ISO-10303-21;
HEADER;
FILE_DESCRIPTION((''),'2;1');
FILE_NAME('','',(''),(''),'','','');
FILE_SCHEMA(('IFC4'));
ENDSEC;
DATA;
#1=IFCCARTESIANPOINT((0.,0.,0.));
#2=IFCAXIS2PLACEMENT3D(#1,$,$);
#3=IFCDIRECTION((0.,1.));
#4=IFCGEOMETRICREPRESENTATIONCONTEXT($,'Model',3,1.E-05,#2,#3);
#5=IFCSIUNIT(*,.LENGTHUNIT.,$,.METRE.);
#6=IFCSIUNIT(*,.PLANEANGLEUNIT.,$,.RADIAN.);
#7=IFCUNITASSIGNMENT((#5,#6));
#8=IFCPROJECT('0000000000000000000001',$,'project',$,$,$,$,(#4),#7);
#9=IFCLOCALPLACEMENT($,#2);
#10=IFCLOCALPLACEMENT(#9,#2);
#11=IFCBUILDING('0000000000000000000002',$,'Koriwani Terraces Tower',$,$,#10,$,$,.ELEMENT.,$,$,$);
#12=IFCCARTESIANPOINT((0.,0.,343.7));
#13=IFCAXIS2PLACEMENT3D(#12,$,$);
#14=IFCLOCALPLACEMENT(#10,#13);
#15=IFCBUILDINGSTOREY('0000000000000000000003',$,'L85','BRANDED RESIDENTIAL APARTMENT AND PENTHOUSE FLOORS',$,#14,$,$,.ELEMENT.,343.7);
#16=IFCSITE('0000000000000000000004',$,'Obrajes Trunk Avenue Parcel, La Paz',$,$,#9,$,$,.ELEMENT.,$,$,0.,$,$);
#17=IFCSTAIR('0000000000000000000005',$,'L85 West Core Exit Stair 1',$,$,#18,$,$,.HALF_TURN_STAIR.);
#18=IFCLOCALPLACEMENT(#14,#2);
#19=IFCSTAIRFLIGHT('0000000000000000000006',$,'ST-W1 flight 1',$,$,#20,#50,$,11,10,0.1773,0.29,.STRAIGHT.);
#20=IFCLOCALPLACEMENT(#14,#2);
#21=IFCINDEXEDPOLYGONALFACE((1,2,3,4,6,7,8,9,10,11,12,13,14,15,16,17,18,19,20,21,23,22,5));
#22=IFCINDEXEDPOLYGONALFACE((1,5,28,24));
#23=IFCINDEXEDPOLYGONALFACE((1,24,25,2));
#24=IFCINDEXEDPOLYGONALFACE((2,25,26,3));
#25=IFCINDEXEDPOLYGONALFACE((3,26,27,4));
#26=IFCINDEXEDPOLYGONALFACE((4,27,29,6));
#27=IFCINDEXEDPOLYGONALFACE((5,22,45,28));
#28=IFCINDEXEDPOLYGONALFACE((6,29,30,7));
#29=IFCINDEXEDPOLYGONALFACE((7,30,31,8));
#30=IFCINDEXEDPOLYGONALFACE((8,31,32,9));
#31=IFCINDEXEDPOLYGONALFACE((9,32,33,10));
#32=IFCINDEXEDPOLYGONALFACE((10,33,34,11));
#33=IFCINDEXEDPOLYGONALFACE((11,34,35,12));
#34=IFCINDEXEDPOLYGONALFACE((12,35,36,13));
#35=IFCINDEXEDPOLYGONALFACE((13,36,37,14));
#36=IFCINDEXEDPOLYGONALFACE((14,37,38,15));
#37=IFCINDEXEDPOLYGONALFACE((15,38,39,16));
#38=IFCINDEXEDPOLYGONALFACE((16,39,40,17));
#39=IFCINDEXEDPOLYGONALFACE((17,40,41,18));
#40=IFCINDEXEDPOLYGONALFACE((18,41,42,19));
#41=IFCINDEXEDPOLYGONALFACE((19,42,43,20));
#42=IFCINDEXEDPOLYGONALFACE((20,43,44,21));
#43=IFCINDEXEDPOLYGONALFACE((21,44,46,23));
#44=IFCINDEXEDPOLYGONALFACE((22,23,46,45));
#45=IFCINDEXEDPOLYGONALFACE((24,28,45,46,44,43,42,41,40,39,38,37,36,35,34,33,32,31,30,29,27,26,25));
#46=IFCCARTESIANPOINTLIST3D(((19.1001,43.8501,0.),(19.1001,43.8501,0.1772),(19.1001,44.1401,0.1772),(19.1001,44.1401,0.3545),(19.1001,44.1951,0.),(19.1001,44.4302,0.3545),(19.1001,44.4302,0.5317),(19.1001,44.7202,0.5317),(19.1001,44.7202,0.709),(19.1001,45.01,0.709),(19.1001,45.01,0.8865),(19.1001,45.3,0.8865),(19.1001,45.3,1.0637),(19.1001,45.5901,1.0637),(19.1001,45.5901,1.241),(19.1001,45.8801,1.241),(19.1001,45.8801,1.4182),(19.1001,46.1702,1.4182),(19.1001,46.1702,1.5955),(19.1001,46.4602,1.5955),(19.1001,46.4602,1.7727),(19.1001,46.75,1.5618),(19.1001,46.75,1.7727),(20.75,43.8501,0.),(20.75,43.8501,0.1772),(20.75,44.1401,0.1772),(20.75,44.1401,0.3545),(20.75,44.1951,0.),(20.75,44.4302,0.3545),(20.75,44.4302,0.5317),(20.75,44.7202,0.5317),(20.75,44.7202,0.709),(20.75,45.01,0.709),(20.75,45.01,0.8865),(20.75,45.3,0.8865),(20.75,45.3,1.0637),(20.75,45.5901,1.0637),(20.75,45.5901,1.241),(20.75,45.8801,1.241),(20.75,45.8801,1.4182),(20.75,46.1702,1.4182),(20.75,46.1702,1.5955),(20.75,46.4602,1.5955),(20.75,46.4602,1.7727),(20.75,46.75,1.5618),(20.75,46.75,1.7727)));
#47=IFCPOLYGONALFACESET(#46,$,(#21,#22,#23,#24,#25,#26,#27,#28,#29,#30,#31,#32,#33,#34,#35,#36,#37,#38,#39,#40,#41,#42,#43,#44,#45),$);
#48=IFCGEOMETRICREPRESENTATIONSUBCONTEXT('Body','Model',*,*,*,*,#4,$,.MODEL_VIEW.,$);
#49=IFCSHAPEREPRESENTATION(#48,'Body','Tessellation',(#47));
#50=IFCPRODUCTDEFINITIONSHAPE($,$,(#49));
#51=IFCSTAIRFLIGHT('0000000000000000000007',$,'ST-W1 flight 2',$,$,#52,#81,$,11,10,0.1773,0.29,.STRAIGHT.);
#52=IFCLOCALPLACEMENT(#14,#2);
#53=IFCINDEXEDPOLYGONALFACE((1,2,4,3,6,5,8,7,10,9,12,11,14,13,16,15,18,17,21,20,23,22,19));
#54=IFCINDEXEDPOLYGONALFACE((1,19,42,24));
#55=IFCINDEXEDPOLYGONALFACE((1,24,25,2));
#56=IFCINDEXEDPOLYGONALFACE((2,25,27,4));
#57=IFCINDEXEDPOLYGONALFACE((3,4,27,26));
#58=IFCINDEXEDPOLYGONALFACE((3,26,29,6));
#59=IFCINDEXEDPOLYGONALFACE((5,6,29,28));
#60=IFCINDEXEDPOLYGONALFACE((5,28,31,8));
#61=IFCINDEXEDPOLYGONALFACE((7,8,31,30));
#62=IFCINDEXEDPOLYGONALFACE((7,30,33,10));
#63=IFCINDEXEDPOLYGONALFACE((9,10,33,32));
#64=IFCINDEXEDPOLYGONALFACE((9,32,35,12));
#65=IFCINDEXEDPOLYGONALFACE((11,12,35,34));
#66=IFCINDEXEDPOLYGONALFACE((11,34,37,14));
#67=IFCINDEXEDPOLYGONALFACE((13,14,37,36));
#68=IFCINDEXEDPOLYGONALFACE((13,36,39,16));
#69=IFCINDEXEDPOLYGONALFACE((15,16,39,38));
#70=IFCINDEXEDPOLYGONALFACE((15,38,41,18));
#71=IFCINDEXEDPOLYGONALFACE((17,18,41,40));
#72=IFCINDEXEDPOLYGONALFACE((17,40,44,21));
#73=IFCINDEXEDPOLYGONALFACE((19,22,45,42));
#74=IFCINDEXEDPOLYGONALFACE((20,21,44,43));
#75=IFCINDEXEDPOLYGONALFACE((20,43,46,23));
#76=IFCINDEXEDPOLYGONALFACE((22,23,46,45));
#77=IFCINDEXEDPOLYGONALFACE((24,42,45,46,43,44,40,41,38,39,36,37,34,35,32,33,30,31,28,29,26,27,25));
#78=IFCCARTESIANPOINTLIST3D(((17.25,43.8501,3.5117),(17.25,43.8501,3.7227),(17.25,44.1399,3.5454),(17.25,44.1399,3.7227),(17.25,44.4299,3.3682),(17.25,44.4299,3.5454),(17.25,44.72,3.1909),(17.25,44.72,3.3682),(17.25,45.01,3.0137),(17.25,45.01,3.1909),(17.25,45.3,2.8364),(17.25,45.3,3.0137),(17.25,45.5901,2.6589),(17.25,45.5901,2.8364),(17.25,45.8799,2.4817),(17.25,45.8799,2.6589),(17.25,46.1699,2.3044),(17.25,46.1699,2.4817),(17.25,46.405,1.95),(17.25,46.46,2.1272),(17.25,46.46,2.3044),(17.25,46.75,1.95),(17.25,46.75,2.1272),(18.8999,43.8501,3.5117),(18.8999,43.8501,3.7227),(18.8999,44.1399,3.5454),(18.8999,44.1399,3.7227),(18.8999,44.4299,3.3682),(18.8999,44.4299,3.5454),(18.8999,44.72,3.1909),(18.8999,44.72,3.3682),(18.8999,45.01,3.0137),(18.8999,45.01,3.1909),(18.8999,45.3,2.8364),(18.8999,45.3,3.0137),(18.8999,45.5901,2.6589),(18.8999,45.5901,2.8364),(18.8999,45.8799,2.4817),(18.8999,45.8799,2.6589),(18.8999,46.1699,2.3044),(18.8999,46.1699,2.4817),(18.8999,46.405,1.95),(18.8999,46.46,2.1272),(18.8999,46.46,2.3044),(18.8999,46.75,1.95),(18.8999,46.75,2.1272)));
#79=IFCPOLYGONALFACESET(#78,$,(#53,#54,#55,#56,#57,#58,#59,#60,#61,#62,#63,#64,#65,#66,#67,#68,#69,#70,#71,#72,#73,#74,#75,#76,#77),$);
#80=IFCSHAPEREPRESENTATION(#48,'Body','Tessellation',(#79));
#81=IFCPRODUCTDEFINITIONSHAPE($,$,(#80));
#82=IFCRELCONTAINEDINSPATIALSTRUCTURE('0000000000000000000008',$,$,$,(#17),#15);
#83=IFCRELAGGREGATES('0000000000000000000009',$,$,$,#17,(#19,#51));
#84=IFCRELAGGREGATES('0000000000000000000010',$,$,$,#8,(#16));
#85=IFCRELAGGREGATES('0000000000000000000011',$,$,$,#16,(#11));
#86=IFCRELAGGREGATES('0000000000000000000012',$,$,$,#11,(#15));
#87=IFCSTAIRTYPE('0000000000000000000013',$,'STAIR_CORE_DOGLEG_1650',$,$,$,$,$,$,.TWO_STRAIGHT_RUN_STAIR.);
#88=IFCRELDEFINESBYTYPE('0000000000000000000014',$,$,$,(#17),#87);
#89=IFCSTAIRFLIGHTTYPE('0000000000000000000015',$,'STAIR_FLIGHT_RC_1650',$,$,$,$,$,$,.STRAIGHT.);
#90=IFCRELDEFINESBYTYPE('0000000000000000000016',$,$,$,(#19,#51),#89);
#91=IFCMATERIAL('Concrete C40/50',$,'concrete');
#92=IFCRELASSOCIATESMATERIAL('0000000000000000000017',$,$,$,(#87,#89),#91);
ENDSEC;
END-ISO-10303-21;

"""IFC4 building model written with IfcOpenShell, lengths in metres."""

from ifc_helpers import new_model, si_unit, direction, frame, origin, place, context, subcontext, project, spatial, polyline, outline, extrude, material, type_object, element, aggregate, save


model = new_model("IFC4")

# Units and contexts
model_context = context("Model", 3, precision=1e-05, world=origin(), true_north=direction((0.0, 1.0)))
body_context = subcontext(model_context, "Body", "Model", "MODEL_VIEW")
ifc_project = project(units=[si_unit("LENGTHUNIT", "METRE"), si_unit("PLANEANGLEUNIT", "RADIAN")], contexts=[model_context])

# Site, building, storey
site_placement = place(None, origin())
site = spatial("IfcSite", under=ifc_project, at=site_placement, Name="Obrajes Trunk Avenue Parcel, La Paz", CompositionType="ELEMENT", RefElevation=0.0)
building_placement = place(site_placement, origin())
building = spatial("IfcBuilding", under=site, at=building_placement, Name="Koriwani Terraces Tower", CompositionType="ELEMENT")
storey_placement = place(building_placement, frame((0.0, 0.0, 343.7)))
storey = spatial("IfcBuildingStorey", under=building, at=storey_placement, Name="L85", Description="BRANDED RESIDENTIAL APARTMENT AND PENTHOUSE FLOORS", CompositionType="ELEMENT", Elevation=343.7)

# Shared definitions
ifc_material_1 = material(Name="Concrete C40/50", Category="concrete")

# Stair, stair flights
stair_type = type_object("IfcStairType", Name="STAIR_CORE_DOGLEG_1650", PredefinedType="TWO_STRAIGHT_RUN_STAIR", material=ifc_material_1)
stair_placement = place(storey_placement, origin())
stair = element("IfcStair", 1, at=stair_placement, inside=storey, type_object=stair_type, Name="L85 West Core Exit Stair 1", PredefinedType="HALF_TURN_STAIR")
stair_flight_type = type_object("IfcStairFlightType", Name="STAIR_FLIGHT_RC_1650", PredefinedType="STRAIGHT", material=ifc_material_1)
stair_flight_1_placement = place(storey_placement, frame((19.925, 43.8501, 0.0), z_axis=(0.0, 0.0, 1.0), x_axis=(0.0, 1.0, 0.0)))
stair_flight_1 = element("IfcStairFlight", 2, at=stair_flight_1_placement, type_object=stair_flight_type, Name="ST-W1 flight 1", NumberOfRisers=11, NumberOfTreads=10, PredefinedType="STRAIGHT", RiserHeight=0.1773, TreadLength=0.29, context=body_context, shape_type="SweptSolid", body=[
    extrude(outline(polyline([(0.0, 0.0), (0.0, 0.1772), (0.29, 0.1772), (0.29, 0.3545), (0.5801, 0.3545), (0.5801, 0.5317), (0.8701, 0.5317), (0.8701, 0.709), (1.1599, 0.709), (1.1599, 0.8865), (1.45, 0.8865), (1.45, 1.0637), (1.74, 1.0637), (1.74, 1.241), (2.03, 1.241), (2.03, 1.4182), (2.3201, 1.4182), (2.3201, 1.5955), (2.6101, 1.5955), (2.6101, 1.7727), (2.8999, 1.7727), (2.8999, 1.95), (2.8999, 1.5618), (0.345, 0.0), (0.0, 0.0)])), frame((0.0, 0.825, 0.0), z_axis=(0.0, -1.0, 0.0), x_axis=(1.0, 0.0, 0.0)), (0.0, 0.0, 1.0), 1.6499),
])
stair_flight_2_placement = place(storey_placement, frame((18.075, 46.75, 1.95), z_axis=(0.0, 0.0, 1.0), x_axis=(0.0, -1.0, 0.0)))
stair_flight_2 = element("IfcStairFlight", 3, at=stair_flight_2_placement, type_object=stair_flight_type, Name="ST-W1 flight 2", NumberOfRisers=11, NumberOfTreads=10, PredefinedType="STRAIGHT", RiserHeight=0.1773, TreadLength=0.29, context=body_context, shape_type="SweptSolid", body=[
    extrude(outline(polyline([(0.0, 0.0), (0.0, 0.1772), (0.29, 0.1772), (0.29, 0.3545), (0.5801, 0.3545), (0.5801, 0.5317), (0.8701, 0.5317), (0.8701, 0.709), (1.1599, 0.709), (1.1599, 0.8865), (1.45, 0.8865), (1.45, 1.0637), (1.74, 1.0637), (1.74, 1.241), (2.03, 1.241), (2.03, 1.4182), (2.3201, 1.4182), (2.3201, 1.5955), (2.6101, 1.5955), (2.6101, 1.7727), (2.8999, 1.7727), (2.8999, 1.95), (2.8999, 1.5618), (0.345, 0.0), (0.0, 0.0)])), frame((0.0, 0.825, 0.0), z_axis=(0.0, -1.0, 0.0), x_axis=(1.0, 0.0, 0.0)), (0.0, 0.0, 1.0), 1.6499),
])
aggregate(stair, [stair_flight_1, stair_flight_2])

save(model, "model.ifc")
